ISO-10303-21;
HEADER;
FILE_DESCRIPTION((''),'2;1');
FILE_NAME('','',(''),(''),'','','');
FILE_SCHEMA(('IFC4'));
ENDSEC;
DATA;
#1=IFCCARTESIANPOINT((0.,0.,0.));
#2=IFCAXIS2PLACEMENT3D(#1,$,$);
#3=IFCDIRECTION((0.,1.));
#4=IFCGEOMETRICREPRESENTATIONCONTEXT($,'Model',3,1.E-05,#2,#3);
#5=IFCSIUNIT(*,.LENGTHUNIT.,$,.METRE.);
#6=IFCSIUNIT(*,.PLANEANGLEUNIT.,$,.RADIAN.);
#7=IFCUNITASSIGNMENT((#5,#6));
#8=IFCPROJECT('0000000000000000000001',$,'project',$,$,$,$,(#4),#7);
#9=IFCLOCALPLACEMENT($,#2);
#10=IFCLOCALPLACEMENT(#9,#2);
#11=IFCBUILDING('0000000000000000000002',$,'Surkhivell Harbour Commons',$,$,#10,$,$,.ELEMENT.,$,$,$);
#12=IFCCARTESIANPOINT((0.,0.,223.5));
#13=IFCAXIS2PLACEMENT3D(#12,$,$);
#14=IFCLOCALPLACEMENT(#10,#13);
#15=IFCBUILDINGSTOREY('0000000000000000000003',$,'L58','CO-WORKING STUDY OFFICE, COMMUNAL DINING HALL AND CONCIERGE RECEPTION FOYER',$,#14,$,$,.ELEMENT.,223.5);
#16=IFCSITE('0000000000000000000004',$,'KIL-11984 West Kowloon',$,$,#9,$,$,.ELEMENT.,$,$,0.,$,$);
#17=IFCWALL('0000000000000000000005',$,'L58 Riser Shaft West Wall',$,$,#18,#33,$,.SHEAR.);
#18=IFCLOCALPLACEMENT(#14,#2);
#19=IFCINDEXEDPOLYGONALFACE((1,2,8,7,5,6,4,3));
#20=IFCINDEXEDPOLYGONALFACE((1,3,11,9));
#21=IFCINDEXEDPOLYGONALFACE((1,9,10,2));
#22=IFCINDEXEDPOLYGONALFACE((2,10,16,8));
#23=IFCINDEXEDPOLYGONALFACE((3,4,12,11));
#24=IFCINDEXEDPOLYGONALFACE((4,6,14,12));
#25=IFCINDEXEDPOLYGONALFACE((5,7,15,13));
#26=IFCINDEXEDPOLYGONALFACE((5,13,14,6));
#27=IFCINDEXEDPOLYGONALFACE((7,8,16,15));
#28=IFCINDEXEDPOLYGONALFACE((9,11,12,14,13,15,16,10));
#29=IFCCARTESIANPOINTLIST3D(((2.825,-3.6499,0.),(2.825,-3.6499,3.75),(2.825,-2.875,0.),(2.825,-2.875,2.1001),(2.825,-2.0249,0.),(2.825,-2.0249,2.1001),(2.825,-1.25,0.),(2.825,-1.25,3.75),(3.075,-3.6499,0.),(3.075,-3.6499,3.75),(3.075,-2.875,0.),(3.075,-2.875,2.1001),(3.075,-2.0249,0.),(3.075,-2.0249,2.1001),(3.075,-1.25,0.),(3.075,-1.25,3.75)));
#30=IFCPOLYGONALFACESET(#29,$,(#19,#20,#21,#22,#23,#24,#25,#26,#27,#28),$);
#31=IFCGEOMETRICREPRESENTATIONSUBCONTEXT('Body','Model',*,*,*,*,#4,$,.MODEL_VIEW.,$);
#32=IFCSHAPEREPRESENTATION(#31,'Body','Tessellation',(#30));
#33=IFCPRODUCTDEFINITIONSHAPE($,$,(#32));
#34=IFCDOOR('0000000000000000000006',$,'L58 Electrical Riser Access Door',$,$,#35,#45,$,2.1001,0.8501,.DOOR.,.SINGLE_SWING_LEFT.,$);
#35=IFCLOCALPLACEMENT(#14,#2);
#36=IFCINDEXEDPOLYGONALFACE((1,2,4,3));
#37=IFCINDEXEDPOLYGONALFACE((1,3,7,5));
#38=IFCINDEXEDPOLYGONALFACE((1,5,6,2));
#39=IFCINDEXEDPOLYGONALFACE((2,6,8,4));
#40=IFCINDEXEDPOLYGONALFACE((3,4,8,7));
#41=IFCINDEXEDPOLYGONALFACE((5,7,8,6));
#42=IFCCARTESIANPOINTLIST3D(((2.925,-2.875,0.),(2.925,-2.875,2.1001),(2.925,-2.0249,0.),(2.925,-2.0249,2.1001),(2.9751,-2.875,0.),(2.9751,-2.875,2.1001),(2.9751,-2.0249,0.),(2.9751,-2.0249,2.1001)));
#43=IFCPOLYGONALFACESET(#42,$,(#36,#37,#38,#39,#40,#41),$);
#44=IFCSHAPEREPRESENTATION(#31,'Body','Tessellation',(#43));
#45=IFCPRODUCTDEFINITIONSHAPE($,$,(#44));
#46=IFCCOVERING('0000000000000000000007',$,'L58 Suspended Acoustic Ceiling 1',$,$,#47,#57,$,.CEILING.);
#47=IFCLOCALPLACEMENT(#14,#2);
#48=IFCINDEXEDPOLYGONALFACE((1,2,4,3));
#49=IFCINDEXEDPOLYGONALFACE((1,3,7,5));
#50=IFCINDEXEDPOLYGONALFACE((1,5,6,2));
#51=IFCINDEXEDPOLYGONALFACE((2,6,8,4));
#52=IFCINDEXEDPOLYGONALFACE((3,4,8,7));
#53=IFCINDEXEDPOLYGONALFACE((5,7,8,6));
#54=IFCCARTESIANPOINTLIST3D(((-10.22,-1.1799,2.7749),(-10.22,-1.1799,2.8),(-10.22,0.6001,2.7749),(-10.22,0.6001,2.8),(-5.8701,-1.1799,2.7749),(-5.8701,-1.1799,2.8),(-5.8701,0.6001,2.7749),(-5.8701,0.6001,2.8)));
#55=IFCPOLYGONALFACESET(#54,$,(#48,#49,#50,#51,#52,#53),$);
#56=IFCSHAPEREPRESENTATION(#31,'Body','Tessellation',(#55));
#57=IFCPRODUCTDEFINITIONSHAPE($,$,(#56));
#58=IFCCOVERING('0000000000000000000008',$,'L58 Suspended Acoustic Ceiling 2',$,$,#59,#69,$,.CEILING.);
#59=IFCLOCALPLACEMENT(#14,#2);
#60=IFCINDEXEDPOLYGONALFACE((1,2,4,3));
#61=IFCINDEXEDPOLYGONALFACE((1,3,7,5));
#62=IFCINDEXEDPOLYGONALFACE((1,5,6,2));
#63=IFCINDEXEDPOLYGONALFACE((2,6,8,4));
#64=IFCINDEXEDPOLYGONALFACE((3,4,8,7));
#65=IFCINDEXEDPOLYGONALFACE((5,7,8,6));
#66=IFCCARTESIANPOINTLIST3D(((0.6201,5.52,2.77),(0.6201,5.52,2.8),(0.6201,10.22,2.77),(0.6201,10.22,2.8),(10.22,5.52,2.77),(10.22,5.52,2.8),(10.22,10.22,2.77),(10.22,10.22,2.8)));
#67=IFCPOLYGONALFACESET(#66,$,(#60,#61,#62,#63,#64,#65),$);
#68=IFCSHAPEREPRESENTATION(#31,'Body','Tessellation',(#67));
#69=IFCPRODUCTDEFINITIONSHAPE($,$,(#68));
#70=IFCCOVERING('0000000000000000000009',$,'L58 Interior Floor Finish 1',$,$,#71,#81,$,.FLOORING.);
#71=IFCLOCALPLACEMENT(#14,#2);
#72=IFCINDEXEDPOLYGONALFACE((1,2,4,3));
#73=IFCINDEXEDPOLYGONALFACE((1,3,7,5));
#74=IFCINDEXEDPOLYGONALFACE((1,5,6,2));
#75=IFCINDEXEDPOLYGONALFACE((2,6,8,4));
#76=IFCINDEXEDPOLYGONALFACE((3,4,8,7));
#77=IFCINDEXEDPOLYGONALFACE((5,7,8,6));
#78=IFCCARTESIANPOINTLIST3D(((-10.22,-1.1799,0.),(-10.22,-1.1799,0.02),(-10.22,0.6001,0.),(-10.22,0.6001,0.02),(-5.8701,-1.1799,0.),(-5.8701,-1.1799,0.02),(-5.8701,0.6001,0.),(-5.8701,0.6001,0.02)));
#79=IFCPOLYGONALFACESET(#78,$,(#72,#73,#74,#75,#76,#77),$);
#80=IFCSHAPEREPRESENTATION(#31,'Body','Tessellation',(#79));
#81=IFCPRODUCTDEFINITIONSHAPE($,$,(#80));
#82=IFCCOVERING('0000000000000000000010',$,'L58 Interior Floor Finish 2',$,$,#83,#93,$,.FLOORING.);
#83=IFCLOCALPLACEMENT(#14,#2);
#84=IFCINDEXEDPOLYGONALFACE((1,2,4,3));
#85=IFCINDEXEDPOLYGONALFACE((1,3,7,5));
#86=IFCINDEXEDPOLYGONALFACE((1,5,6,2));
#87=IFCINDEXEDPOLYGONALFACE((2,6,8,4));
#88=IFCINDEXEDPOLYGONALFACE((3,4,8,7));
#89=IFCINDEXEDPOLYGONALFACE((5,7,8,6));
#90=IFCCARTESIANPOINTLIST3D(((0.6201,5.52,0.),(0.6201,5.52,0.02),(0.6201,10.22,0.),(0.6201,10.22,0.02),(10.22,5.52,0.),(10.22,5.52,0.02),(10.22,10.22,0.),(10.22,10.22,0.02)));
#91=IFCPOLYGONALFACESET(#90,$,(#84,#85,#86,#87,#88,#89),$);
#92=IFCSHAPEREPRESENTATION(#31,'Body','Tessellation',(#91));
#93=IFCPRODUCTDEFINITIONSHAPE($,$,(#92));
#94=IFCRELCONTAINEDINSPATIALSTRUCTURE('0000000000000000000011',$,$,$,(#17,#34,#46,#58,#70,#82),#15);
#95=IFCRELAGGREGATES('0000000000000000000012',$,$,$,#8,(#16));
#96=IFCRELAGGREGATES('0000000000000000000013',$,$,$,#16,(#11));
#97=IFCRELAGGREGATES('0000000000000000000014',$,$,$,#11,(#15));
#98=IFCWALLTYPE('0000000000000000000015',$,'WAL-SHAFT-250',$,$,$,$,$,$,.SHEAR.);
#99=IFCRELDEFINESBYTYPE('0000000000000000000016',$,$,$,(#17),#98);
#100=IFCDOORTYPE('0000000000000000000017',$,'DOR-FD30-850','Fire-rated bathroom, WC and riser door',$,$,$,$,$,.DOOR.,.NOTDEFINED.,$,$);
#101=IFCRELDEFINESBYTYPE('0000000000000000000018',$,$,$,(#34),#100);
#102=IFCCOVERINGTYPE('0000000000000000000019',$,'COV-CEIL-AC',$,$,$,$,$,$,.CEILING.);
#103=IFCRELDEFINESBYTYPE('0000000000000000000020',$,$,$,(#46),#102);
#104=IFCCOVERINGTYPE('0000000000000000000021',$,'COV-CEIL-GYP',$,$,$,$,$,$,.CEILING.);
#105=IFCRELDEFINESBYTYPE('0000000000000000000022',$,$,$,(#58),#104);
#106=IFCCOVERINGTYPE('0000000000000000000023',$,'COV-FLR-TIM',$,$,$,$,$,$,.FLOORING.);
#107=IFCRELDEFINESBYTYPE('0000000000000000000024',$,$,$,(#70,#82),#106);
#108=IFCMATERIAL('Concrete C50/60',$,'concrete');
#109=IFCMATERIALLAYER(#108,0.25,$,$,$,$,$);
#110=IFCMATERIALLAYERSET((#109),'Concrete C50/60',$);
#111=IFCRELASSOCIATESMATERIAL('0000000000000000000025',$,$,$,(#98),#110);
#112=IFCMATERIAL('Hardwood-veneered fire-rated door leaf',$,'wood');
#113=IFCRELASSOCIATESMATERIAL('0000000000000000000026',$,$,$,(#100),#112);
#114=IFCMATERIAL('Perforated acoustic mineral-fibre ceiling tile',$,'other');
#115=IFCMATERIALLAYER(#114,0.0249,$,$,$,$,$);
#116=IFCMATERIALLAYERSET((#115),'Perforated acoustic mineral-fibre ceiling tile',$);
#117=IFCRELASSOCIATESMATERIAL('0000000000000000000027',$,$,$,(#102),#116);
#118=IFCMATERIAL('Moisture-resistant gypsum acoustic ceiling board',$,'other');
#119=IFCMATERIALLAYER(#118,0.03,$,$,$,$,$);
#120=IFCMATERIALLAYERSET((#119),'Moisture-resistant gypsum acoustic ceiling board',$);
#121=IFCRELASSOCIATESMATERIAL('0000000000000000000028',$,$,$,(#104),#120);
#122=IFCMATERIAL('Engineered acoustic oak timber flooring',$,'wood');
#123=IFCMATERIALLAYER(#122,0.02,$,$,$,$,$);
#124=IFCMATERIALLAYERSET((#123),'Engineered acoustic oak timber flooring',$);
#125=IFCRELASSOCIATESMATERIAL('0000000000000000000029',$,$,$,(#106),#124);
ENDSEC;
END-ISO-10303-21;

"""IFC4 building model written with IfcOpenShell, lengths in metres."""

from ifc_helpers import new_model, si_unit, direction, frame, frame_2d, origin, place, context, subcontext, project, spatial, polyline, rectangle, outline, extrude, material, layer, layer_set, type_object, element, fill, save


model = new_model("IFC4")

# Units and contexts
model_context = context("Model", 3, precision=1e-05, world=origin(), true_north=direction((0.0, 1.0)))
body_context = subcontext(model_context, "Body", "Model", "MODEL_VIEW")
ifc_project = project(units=[si_unit("LENGTHUNIT", "METRE"), si_unit("PLANEANGLEUNIT", "RADIAN")], contexts=[model_context])

# Site, building, storey
site_placement = place(None, origin())
site = spatial("IfcSite", under=ifc_project, at=site_placement, Name="KIL-11984 West Kowloon", CompositionType="ELEMENT", RefElevation=0.0)
building_placement = place(site_placement, origin())
building = spatial("IfcBuilding", under=site, at=building_placement, Name="Surkhivell Harbour Commons", CompositionType="ELEMENT")
storey_placement = place(building_placement, frame((0.0, 0.0, 223.5)))
storey = spatial("IfcBuildingStorey", under=building, at=storey_placement, Name="L58", Description="CO-WORKING STUDY OFFICE, COMMUNAL DINING HALL AND CONCIERGE RECEPTION FOYER", CompositionType="ELEMENT", Elevation=223.5)

# Shared definitions
ifc_material_1 = material(Name="Concrete C50/60", Category="concrete")
ifc_layer_1 = layer(ifc_material_1, 0.25)
ifc_layer_set_1 = layer_set([ifc_layer_1], Name="Concrete C50/60")
wall_type = type_object("IfcWallType", Name="WAL-SHAFT-250", PredefinedType="SHEAR", material=ifc_layer_set_1)

# Wall, opening, door
wall_1_placement = place(storey_placement, frame((2.95, -3.6499, 0.0), z_axis=(0.0, 0.0, 1.0), x_axis=(0.0, 1.0, 0.0)))
wall_1 = element("IfcWall", 1, at=wall_1_placement, inside=storey, type_object=wall_type, Name="L58 Riser Shaft West Wall", PredefinedType="SHEAR", context=body_context, shape_type="SweptSolid", body=[
    extrude(rectangle(XDim=2.3999, YDim=0.25, at=frame_2d((1.2, 0.0))), origin(), (0.0, 0.0, 1.0), 3.75),
])
opening_1_placement = place(wall_1_placement, frame((0.7749, 0.0, 0.0)))
opening_1 = element("IfcOpeningElement", 2, at=opening_1_placement, cuts=wall_1, PredefinedType="OPENING", context=body_context, shape_type="SweptSolid", body=[
    extrude(rectangle(XDim=0.8501, YDim=2.1001, at=frame_2d((0.425, 1.05))), frame((0.0, 0.135, 0.0), z_axis=(0.0, -1.0, 0.0), x_axis=(1.0, 0.0, 0.0)), (0.0, 0.0, 1.0), 0.27),
])
ifc_material_2 = material(Name="Hardwood-veneered fire-rated door leaf", Category="wood")
door_type_1 = type_object("IfcDoorType", Name="DOR-FD30-850", Description="Fire-rated bathroom, WC and riser door", OperationType="NOTDEFINED", PredefinedType="DOOR", material=ifc_material_2)
door_1_placement = place(opening_1_placement, origin())
door_1 = element("IfcDoor", 3, at=door_1_placement, inside=storey, type_object=door_type_1, Name="L58 Electrical Riser Access Door", OperationType="SINGLE_SWING_LEFT", OverallHeight=2.1001, OverallWidth=0.8501, PredefinedType="DOOR", context=body_context, shape_type="SweptSolid", body=[
    extrude(rectangle(XDim=0.8501, YDim=2.1001, at=frame_2d((0.425, 1.05))), frame((0.0, 0.0249, 0.0), z_axis=(0.0, -1.0, 0.0), x_axis=(1.0, 0.0, 0.0)), (0.0, 0.0, 1.0), 0.05),
])
fill(opening_1, door_1)

# Coverings
ifc_material_3 = material(Name="Perforated acoustic mineral-fibre ceiling tile", Category="other")
ifc_layer_2 = layer(ifc_material_3, 0.0249)
ifc_layer_set_2 = layer_set([ifc_layer_2], Name="Perforated acoustic mineral-fibre ceiling tile")
covering_type_1 = type_object("IfcCoveringType", Name="COV-CEIL-AC", PredefinedType="CEILING", material=ifc_layer_set_2)
covering_1_placement = place(storey_placement, frame((0.0, 0.0, 2.7749)))
element("IfcCovering", 4, at=covering_1_placement, inside=storey, type_object=covering_type_1, Name="L58 Suspended Acoustic Ceiling 1", PredefinedType="CEILING", context=body_context, shape_type="SweptSolid", body=[
    extrude(outline(polyline([(-10.22, -1.1799), (-5.8701, -1.1799), (-5.8701, 0.6001), (-10.22, 0.6001), (-10.22, -1.1799)])), origin(), (0.0, 0.0, 1.0), 0.0251),
])
ifc_material_4 = material(Name="Moisture-resistant gypsum acoustic ceiling board", Category="other")
ifc_layer_3 = layer(ifc_material_4, 0.03)
ifc_layer_set_3 = layer_set([ifc_layer_3], Name="Moisture-resistant gypsum acoustic ceiling board")
covering_type_2 = type_object("IfcCoveringType", Name="COV-CEIL-GYP", PredefinedType="CEILING", material=ifc_layer_set_3)
covering_2_placement = place(storey_placement, frame((0.0, 0.0, 2.77)))
element("IfcCovering", 5, at=covering_2_placement, inside=storey, type_object=covering_type_2, Name="L58 Suspended Acoustic Ceiling 2", PredefinedType="CEILING", context=body_context, shape_type="SweptSolid", body=[
    extrude(outline(polyline([(0.6201, 5.52), (10.22, 5.52), (10.22, 10.22), (0.6201, 10.22), (0.6201, 5.52)])), origin(), (0.0, 0.0, 1.0), 0.03),
])
ifc_material_5 = material(Name="Engineered acoustic oak timber flooring", Category="wood")
ifc_layer_4 = layer(ifc_material_5, 0.02)
ifc_layer_set_4 = layer_set([ifc_layer_4], Name="Engineered acoustic oak timber flooring")
covering_type_3 = type_object("IfcCoveringType", Name="COV-FLR-TIM", PredefinedType="FLOORING", material=ifc_layer_set_4)
covering_3_placement = place(storey_placement, origin())
element("IfcCovering", 6, at=covering_3_placement, inside=storey, type_object=covering_type_3, Name="L58 Interior Floor Finish 1", PredefinedType="FLOORING", context=body_context, shape_type="SweptSolid", body=[
    extrude(outline(polyline([(-10.22, -1.1799), (-5.8701, -1.1799), (-5.8701, 0.6001), (-10.22, 0.6001), (-10.22, -1.1799)])), origin(), (0.0, 0.0, 1.0), 0.02),
])
covering_4_placement = place(storey_placement, origin())
element("IfcCovering", 7, at=covering_4_placement, inside=storey, type_object=covering_type_3, Name="L58 Interior Floor Finish 2", PredefinedType="FLOORING", context=body_context, shape_type="SweptSolid", body=[
    extrude(outline(polyline([(0.6201, 5.52), (10.22, 5.52), (10.22, 10.22), (0.6201, 10.22), (0.6201, 5.52)])), origin(), (0.0, 0.0, 1.0), 0.02),
])

save(model, "model.ifc")
